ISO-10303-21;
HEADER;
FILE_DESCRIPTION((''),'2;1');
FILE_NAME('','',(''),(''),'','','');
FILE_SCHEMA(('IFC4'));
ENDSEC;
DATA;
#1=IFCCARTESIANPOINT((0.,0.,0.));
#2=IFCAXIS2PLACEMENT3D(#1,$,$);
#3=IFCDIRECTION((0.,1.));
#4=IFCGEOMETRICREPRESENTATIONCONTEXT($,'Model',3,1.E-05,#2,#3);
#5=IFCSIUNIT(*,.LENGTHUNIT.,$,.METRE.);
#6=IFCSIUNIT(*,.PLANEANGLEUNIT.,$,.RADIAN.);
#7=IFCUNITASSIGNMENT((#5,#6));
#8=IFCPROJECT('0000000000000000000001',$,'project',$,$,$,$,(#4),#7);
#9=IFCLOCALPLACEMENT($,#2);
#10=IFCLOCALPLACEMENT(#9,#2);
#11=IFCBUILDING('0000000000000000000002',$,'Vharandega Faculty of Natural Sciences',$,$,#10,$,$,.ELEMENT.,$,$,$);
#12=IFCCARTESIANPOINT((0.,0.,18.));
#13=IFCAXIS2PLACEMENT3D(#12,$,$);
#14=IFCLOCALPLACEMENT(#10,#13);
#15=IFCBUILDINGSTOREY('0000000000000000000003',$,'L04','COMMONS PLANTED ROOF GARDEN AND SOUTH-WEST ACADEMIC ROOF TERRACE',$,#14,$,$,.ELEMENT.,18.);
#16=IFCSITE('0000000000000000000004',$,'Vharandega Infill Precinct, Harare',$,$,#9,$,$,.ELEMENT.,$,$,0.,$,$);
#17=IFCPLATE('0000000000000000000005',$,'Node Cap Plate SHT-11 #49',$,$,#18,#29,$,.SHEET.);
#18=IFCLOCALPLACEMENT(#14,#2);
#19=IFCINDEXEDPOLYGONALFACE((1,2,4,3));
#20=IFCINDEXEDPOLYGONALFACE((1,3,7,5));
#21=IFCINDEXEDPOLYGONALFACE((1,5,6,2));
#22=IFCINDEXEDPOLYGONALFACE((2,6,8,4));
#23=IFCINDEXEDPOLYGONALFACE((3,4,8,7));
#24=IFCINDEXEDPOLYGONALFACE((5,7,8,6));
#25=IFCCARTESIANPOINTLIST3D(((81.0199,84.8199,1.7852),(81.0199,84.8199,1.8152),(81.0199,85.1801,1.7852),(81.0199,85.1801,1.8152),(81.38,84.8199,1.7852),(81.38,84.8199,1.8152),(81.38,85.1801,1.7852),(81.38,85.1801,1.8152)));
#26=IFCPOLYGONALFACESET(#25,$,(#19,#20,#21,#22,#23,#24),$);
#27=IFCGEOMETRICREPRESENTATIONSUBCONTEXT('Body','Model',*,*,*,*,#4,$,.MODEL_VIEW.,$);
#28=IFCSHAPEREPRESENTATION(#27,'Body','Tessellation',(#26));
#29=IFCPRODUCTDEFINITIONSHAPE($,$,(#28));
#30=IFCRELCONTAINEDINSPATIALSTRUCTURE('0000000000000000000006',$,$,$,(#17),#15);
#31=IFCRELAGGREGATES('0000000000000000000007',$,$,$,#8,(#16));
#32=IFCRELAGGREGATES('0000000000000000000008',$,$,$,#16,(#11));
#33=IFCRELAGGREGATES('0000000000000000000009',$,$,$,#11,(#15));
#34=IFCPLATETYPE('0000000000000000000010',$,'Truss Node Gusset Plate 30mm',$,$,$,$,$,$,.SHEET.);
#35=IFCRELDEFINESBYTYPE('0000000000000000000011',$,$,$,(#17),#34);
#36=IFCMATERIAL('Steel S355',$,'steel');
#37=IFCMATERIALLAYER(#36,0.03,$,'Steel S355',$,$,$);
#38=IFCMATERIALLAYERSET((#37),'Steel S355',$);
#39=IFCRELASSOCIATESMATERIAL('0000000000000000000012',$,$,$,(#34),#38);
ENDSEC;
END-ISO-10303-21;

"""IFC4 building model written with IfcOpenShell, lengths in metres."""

from ifc_helpers import new_model, si_unit, direction, frame, origin, origin_2d, place, context, subcontext, project, spatial, rectangle, extrude, material, layer, layer_set, type_object, element, save


model = new_model("IFC4")

# Units and contexts
model_context = context("Model", 3, precision=1e-05, world=origin(), true_north=direction((0.0, 1.0)))
body_context = subcontext(model_context, "Body", "Model", "MODEL_VIEW")
ifc_project = project(units=[si_unit("LENGTHUNIT", "METRE"), si_unit("PLANEANGLEUNIT", "RADIAN")], contexts=[model_context])

# Site, building, storey
site_placement = place(None, origin())
site = spatial("IfcSite", under=ifc_project, at=site_placement, Name="Vharandega Infill Precinct, Harare", CompositionType="ELEMENT", RefElevation=0.0)
building_placement = place(site_placement, origin())
building = spatial("IfcBuilding", under=site, at=building_placement, Name="Vharandega Faculty of Natural Sciences", CompositionType="ELEMENT")
storey_placement = place(building_placement, frame((0.0, 0.0, 18.0)))
storey = spatial("IfcBuildingStorey", under=building, at=storey_placement, Name="L04", Description="COMMONS PLANTED ROOF GARDEN AND SOUTH-WEST ACADEMIC ROOF TERRACE", CompositionType="ELEMENT", Elevation=18.0)

# Plate
ifc_material_1 = material(Name="Steel S355", Category="steel")
ifc_layer_1 = layer(ifc_material_1, 0.03, Name="Steel S355")
ifc_layer_set_1 = layer_set([ifc_layer_1], Name="Steel S355")
plate_type_1 = type_object("IfcPlateType", Name="Truss Node Gusset Plate 30mm", PredefinedType="SHEET", material=ifc_layer_set_1)
plate_1_placement = place(storey_placement, frame((81.2, 85.0, 1.7852), z_axis=(0.0, 0.0, 1.0), x_axis=(1.0, 0.0, 0.0)))
element("IfcPlate", 1, at=plate_1_placement, inside=storey, type_object=plate_type_1, Name="Node Cap Plate SHT-11 #49", PredefinedType="SHEET", context=body_context, shape_type="SweptSolid", body=[
    extrude(rectangle(XDim=0.3601, YDim=0.3601, at=origin_2d()), origin(), (0.0, 0.0, 1.0), 0.03),
])

save(model, "model.ifc")
